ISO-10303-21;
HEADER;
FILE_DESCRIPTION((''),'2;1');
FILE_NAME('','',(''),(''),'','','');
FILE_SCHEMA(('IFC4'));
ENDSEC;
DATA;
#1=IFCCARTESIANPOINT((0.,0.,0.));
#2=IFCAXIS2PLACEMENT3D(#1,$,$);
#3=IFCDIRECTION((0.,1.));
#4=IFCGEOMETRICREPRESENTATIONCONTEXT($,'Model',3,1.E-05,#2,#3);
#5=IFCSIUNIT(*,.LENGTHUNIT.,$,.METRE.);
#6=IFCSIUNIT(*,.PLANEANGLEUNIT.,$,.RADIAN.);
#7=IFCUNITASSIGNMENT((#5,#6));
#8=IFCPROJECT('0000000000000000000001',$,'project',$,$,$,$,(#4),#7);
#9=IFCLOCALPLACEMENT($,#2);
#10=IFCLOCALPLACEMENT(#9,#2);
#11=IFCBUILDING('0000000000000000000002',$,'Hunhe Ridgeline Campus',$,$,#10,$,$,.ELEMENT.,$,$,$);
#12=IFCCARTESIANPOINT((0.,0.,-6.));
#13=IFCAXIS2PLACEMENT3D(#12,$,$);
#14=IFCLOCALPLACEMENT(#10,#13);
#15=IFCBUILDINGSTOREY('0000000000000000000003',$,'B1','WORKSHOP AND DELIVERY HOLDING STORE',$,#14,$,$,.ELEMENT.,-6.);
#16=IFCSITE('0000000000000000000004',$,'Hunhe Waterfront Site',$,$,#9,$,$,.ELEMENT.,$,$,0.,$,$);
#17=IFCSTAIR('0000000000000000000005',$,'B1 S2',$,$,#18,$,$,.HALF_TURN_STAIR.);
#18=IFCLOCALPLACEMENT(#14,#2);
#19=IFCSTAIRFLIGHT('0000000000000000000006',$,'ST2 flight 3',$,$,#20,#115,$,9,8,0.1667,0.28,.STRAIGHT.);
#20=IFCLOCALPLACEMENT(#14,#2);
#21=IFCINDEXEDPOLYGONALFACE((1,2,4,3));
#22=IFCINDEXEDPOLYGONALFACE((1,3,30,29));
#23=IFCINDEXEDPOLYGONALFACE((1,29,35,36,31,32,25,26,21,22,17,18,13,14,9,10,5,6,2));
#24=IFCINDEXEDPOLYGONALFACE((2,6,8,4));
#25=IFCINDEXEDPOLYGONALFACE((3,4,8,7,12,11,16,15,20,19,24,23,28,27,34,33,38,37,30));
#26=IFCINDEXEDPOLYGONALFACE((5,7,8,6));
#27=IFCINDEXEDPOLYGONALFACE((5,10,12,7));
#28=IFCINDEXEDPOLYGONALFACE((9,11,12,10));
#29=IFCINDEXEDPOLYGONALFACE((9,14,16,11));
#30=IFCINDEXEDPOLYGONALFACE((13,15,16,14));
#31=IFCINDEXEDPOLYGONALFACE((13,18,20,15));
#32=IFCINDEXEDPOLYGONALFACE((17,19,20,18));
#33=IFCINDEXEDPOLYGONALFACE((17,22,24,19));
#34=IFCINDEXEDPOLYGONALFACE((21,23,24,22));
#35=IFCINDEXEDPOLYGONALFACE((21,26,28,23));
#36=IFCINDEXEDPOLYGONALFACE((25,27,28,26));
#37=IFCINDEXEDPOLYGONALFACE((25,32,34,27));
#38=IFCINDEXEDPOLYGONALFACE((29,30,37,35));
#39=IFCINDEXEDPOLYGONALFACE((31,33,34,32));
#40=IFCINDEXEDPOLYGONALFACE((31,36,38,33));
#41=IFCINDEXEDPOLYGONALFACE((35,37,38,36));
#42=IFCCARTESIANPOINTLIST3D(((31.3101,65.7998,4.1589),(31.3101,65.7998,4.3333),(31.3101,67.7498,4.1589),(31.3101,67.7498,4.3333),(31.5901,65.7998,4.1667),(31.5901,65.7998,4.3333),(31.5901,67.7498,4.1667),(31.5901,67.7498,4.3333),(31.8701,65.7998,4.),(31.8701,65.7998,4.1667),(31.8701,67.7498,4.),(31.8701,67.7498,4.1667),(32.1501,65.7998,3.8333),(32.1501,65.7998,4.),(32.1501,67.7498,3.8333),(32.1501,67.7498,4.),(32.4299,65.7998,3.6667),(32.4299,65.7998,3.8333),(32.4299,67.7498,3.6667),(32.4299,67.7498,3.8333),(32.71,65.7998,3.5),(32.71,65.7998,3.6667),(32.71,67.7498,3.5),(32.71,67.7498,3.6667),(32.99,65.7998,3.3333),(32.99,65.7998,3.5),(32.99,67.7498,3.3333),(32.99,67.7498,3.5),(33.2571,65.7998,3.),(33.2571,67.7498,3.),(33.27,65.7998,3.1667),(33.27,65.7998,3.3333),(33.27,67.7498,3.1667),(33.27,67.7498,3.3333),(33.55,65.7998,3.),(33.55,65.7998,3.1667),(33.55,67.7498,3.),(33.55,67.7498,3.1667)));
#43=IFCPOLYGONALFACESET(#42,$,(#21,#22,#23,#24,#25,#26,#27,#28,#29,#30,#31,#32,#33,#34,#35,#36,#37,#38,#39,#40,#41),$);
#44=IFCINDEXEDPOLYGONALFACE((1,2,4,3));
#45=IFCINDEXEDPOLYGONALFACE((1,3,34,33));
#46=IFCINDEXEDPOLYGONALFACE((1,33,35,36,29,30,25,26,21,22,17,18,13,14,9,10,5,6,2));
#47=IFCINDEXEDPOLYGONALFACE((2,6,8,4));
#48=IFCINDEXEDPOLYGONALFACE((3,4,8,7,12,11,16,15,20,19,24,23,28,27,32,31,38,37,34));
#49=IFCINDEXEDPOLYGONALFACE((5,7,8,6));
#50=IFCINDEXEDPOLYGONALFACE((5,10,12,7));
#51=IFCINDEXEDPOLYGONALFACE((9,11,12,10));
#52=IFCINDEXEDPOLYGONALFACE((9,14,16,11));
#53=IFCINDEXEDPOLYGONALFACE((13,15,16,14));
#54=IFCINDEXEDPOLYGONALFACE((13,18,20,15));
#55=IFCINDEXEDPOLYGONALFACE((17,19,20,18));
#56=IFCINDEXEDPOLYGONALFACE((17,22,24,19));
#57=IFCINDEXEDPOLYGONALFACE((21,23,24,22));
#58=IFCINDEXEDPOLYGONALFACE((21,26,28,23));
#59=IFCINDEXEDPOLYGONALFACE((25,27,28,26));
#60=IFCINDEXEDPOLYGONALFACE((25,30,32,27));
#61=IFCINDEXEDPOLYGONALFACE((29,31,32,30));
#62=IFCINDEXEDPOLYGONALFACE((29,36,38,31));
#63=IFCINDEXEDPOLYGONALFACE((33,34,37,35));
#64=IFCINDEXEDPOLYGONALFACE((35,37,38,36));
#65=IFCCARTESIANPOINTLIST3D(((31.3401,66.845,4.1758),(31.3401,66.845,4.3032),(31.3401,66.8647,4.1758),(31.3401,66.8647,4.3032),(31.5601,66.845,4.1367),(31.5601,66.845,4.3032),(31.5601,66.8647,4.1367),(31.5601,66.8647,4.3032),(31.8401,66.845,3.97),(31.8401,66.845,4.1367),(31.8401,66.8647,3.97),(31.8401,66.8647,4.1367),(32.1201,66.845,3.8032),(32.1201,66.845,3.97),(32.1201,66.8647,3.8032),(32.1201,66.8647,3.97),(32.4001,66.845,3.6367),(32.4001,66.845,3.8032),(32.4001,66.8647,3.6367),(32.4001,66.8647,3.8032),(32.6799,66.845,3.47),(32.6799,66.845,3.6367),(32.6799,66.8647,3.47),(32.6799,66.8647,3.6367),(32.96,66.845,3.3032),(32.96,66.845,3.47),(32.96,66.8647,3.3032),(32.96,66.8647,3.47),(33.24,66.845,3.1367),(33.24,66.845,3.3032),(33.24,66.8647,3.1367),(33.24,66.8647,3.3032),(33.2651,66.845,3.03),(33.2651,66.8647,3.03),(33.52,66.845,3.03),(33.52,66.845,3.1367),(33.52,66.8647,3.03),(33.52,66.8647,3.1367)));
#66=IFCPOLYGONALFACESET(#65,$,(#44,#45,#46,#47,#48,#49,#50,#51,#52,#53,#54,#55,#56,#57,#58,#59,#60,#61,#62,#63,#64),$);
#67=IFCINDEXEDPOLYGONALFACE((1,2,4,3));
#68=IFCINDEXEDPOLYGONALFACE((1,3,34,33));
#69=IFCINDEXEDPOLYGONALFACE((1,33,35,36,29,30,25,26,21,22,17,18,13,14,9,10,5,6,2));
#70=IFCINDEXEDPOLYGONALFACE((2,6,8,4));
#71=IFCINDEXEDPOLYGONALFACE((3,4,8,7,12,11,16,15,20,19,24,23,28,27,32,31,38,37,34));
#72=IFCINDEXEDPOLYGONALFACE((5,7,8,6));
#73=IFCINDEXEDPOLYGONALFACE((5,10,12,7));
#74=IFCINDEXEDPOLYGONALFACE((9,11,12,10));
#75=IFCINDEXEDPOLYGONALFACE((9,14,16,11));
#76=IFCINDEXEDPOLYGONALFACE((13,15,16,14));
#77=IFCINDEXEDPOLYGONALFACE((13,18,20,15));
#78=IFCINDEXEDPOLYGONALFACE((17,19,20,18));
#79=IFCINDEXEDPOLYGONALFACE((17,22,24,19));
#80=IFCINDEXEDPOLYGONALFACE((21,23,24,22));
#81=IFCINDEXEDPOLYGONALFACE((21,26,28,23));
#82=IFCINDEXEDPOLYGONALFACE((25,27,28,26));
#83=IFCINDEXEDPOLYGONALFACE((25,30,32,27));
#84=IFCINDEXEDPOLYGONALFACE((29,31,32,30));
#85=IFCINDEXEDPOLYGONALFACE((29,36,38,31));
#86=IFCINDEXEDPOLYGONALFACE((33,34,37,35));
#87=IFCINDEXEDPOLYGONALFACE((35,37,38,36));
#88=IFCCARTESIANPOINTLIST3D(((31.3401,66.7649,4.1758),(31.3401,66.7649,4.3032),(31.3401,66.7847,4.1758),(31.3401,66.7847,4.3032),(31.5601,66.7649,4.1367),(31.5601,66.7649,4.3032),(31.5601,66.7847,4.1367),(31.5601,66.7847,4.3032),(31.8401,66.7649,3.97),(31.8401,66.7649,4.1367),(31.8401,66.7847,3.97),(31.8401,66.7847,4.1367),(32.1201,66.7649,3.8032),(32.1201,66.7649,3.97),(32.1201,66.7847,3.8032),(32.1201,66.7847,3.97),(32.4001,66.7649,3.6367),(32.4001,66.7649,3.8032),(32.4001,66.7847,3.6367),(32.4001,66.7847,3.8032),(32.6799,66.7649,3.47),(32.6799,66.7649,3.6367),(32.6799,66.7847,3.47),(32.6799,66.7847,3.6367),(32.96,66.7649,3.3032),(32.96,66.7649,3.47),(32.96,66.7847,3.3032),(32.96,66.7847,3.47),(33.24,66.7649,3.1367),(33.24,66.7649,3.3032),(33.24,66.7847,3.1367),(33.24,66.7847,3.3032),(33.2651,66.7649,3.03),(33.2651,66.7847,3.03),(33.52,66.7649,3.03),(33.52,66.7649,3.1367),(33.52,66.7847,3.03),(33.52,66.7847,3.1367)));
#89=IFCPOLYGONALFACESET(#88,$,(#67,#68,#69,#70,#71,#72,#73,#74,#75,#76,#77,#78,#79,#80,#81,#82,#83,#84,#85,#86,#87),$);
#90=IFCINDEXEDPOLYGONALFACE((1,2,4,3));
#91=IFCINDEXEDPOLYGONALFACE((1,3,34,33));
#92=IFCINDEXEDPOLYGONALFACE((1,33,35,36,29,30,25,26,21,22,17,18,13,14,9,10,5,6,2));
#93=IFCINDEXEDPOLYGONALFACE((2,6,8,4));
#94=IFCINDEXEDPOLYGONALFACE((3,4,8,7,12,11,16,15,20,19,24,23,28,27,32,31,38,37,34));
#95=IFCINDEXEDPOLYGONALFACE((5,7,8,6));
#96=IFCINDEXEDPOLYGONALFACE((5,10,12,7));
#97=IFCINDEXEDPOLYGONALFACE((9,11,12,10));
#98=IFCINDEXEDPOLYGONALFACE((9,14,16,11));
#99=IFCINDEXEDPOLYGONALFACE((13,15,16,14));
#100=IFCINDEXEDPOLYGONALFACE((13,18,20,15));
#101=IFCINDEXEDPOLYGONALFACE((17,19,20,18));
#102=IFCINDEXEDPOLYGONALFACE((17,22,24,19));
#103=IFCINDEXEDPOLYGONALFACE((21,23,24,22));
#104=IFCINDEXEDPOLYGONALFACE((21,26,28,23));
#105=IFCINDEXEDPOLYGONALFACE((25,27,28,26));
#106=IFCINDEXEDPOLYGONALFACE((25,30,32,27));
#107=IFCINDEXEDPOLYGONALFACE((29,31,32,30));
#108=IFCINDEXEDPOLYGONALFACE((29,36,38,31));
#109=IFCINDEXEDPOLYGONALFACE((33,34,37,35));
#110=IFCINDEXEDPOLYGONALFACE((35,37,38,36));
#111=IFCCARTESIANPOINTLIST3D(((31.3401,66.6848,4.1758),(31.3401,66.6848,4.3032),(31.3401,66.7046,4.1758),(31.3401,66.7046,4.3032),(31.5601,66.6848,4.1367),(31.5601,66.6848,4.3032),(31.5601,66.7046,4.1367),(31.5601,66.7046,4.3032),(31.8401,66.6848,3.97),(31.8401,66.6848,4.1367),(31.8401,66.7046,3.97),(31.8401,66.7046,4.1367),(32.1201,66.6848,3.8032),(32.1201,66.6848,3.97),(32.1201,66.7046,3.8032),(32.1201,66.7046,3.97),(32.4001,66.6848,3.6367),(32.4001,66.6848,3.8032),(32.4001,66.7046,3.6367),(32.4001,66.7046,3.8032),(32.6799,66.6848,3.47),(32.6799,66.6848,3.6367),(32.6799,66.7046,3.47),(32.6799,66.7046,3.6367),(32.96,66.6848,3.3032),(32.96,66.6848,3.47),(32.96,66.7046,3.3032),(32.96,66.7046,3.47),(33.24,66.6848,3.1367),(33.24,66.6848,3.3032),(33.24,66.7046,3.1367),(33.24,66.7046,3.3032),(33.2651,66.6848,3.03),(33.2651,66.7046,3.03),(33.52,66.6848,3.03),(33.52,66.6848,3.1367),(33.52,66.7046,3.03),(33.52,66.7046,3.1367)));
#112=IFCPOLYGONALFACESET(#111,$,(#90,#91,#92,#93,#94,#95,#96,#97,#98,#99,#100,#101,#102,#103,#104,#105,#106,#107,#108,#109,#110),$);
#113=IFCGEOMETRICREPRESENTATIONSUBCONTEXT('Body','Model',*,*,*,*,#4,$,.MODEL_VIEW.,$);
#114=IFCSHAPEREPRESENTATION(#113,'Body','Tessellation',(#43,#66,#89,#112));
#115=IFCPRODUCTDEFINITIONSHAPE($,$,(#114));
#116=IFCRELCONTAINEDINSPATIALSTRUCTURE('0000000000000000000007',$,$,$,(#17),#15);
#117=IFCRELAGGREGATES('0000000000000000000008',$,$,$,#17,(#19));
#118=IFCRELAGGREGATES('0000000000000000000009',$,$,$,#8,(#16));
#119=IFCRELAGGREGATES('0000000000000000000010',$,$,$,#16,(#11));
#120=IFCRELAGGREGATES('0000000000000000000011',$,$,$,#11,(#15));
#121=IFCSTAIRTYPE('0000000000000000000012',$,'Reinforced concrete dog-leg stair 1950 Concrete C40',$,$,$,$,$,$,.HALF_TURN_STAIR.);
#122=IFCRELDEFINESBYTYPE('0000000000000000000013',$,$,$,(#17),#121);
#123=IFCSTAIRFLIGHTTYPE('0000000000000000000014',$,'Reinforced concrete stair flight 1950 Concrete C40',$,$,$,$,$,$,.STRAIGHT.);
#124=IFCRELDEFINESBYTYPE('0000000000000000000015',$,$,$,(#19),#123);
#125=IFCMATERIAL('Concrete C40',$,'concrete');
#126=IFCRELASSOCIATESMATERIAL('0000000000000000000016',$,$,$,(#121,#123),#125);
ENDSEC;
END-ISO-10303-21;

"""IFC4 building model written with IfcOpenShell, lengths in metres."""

from ifc_helpers import new_model, si_unit, direction, frame, origin, place, context, subcontext, project, spatial, polyline, outline, extrude, material, type_object, element, aggregate, save


model = new_model("IFC4")

# Units and contexts
model_context = context("Model", 3, precision=1e-05, world=origin(), true_north=direction((0.0, 1.0)))
body_context = subcontext(model_context, "Body", "Model", "MODEL_VIEW")
ifc_project = project(units=[si_unit("LENGTHUNIT", "METRE"), si_unit("PLANEANGLEUNIT", "RADIAN")], contexts=[model_context])

# Site, building, storey
site_placement = place(None, origin())
site = spatial("IfcSite", under=ifc_project, at=site_placement, Name="Hunhe Waterfront Site", CompositionType="ELEMENT", RefElevation=0.0)
building_placement = place(site_placement, origin())
building = spatial("IfcBuilding", under=site, at=building_placement, Name="Hunhe Ridgeline Campus", CompositionType="ELEMENT")
storey_placement = place(building_placement, frame((0.0, 0.0, -6.0)))
storey = spatial("IfcBuildingStorey", under=building, at=storey_placement, Name="B1", Description="WORKSHOP AND DELIVERY HOLDING STORE", CompositionType="ELEMENT", Elevation=-6.0)

# Stair, stair flight
ifc_material_1 = material(Name="Concrete C40", Category="concrete")
stair_type = type_object("IfcStairType", Name="Reinforced concrete dog-leg stair 1950 Concrete C40", PredefinedType="HALF_TURN_STAIR", material=ifc_material_1)
stair_placement = place(storey_placement, origin())
stair = element("IfcStair", 1, at=stair_placement, inside=storey, type_object=stair_type, Name="B1 S2", PredefinedType="HALF_TURN_STAIR")
stair_flight_type = type_object("IfcStairFlightType", Name="Reinforced concrete stair flight 1950 Concrete C40", PredefinedType="STRAIGHT", material=ifc_material_1)
stair_flight_1_placement = place(storey_placement, frame((33.55, 66.7749, 3.0), z_axis=(0.0, 0.0, 1.0), x_axis=(-1.0, 0.0, 0.0)))
stair_flight_1 = element("IfcStairFlight", 2, at=stair_flight_1_placement, type_object=stair_flight_type, Name="ST2 flight 3", NumberOfRisers=9, NumberOfTreads=8, PredefinedType="STRAIGHT", RiserHeight=0.1667, TreadLength=0.28, context=body_context, shape_type="SweptSolid", body=[
    extrude(outline(polyline([(0.0, 0.0), (0.0, 0.1667), (0.28, 0.1667), (0.28, 0.3333), (0.5601, 0.3333), (0.5601, 0.5), (0.8401, 0.5), (0.8401, 0.6667), (1.1201, 0.6667), (1.1201, 0.8333), (1.3999, 0.8333), (1.3999, 1.0), (1.6799, 1.0), (1.6799, 1.1667), (1.96, 1.1667), (1.96, 1.3333), (2.24, 1.3333), (2.24, 1.5), (2.24, 1.1589), (0.293, 0.0), (0.0, 0.0)])), frame((0.0, 0.9751, 0.0), z_axis=(0.0, -1.0, 0.0), x_axis=(1.0, 0.0, 0.0)), (0.0, 0.0, 1.0), 1.95),
    extrude(outline(polyline([(0.03, 0.03), (0.03, 0.1367), (0.3101, 0.1367), (0.3101, 0.3032), (0.5901, 0.3032), (0.5901, 0.47), (0.8701, 0.47), (0.8701, 0.6367), (1.1499, 0.6367), (1.1499, 0.8032), (1.4299, 0.8032), (1.4299, 0.97), (1.71, 0.97), (1.71, 1.1367), (1.99, 1.1367), (1.99, 1.3032), (2.21, 1.3032), (2.21, 1.1758), (0.2849, 0.03), (0.03, 0.03)])), frame((0.0, -0.0701, 0.0), z_axis=(0.0, -1.0, 0.0), x_axis=(1.0, 0.0, 0.0)), (0.0, 0.0, 1.0), 0.0198),
    extrude(outline(polyline([(0.03, 0.03), (0.03, 0.1367), (0.3101, 0.1367), (0.3101, 0.3032), (0.5901, 0.3032), (0.5901, 0.47), (0.8701, 0.47), (0.8701, 0.6367), (1.1499, 0.6367), (1.1499, 0.8032), (1.4299, 0.8032), (1.4299, 0.97), (1.71, 0.97), (1.71, 1.1367), (1.99, 1.1367), (1.99, 1.3032), (2.21, 1.3032), (2.21, 1.1758), (0.2849, 0.03), (0.03, 0.03)])), frame((0.0, 0.01, 0.0), z_axis=(0.0, -1.0, 0.0), x_axis=(1.0, 0.0, 0.0)), (0.0, 0.0, 1.0), 0.0198),
    extrude(outline(polyline([(0.03, 0.03), (0.03, 0.1367), (0.3101, 0.1367), (0.3101, 0.3032), (0.5901, 0.3032), (0.5901, 0.47), (0.8701, 0.47), (0.8701, 0.6367), (1.1499, 0.6367), (1.1499, 0.8032), (1.4299, 0.8032), (1.4299, 0.97), (1.71, 0.97), (1.71, 1.1367), (1.99, 1.1367), (1.99, 1.3032), (2.21, 1.3032), (2.21, 1.1758), (0.2849, 0.03), (0.03, 0.03)])), frame((0.0, 0.0901, 0.0), z_axis=(0.0, -1.0, 0.0), x_axis=(1.0, 0.0, 0.0)), (0.0, 0.0, 1.0), 0.0198),
])
aggregate(stair, [stair_flight_1])

save(model, "model.ifc")
